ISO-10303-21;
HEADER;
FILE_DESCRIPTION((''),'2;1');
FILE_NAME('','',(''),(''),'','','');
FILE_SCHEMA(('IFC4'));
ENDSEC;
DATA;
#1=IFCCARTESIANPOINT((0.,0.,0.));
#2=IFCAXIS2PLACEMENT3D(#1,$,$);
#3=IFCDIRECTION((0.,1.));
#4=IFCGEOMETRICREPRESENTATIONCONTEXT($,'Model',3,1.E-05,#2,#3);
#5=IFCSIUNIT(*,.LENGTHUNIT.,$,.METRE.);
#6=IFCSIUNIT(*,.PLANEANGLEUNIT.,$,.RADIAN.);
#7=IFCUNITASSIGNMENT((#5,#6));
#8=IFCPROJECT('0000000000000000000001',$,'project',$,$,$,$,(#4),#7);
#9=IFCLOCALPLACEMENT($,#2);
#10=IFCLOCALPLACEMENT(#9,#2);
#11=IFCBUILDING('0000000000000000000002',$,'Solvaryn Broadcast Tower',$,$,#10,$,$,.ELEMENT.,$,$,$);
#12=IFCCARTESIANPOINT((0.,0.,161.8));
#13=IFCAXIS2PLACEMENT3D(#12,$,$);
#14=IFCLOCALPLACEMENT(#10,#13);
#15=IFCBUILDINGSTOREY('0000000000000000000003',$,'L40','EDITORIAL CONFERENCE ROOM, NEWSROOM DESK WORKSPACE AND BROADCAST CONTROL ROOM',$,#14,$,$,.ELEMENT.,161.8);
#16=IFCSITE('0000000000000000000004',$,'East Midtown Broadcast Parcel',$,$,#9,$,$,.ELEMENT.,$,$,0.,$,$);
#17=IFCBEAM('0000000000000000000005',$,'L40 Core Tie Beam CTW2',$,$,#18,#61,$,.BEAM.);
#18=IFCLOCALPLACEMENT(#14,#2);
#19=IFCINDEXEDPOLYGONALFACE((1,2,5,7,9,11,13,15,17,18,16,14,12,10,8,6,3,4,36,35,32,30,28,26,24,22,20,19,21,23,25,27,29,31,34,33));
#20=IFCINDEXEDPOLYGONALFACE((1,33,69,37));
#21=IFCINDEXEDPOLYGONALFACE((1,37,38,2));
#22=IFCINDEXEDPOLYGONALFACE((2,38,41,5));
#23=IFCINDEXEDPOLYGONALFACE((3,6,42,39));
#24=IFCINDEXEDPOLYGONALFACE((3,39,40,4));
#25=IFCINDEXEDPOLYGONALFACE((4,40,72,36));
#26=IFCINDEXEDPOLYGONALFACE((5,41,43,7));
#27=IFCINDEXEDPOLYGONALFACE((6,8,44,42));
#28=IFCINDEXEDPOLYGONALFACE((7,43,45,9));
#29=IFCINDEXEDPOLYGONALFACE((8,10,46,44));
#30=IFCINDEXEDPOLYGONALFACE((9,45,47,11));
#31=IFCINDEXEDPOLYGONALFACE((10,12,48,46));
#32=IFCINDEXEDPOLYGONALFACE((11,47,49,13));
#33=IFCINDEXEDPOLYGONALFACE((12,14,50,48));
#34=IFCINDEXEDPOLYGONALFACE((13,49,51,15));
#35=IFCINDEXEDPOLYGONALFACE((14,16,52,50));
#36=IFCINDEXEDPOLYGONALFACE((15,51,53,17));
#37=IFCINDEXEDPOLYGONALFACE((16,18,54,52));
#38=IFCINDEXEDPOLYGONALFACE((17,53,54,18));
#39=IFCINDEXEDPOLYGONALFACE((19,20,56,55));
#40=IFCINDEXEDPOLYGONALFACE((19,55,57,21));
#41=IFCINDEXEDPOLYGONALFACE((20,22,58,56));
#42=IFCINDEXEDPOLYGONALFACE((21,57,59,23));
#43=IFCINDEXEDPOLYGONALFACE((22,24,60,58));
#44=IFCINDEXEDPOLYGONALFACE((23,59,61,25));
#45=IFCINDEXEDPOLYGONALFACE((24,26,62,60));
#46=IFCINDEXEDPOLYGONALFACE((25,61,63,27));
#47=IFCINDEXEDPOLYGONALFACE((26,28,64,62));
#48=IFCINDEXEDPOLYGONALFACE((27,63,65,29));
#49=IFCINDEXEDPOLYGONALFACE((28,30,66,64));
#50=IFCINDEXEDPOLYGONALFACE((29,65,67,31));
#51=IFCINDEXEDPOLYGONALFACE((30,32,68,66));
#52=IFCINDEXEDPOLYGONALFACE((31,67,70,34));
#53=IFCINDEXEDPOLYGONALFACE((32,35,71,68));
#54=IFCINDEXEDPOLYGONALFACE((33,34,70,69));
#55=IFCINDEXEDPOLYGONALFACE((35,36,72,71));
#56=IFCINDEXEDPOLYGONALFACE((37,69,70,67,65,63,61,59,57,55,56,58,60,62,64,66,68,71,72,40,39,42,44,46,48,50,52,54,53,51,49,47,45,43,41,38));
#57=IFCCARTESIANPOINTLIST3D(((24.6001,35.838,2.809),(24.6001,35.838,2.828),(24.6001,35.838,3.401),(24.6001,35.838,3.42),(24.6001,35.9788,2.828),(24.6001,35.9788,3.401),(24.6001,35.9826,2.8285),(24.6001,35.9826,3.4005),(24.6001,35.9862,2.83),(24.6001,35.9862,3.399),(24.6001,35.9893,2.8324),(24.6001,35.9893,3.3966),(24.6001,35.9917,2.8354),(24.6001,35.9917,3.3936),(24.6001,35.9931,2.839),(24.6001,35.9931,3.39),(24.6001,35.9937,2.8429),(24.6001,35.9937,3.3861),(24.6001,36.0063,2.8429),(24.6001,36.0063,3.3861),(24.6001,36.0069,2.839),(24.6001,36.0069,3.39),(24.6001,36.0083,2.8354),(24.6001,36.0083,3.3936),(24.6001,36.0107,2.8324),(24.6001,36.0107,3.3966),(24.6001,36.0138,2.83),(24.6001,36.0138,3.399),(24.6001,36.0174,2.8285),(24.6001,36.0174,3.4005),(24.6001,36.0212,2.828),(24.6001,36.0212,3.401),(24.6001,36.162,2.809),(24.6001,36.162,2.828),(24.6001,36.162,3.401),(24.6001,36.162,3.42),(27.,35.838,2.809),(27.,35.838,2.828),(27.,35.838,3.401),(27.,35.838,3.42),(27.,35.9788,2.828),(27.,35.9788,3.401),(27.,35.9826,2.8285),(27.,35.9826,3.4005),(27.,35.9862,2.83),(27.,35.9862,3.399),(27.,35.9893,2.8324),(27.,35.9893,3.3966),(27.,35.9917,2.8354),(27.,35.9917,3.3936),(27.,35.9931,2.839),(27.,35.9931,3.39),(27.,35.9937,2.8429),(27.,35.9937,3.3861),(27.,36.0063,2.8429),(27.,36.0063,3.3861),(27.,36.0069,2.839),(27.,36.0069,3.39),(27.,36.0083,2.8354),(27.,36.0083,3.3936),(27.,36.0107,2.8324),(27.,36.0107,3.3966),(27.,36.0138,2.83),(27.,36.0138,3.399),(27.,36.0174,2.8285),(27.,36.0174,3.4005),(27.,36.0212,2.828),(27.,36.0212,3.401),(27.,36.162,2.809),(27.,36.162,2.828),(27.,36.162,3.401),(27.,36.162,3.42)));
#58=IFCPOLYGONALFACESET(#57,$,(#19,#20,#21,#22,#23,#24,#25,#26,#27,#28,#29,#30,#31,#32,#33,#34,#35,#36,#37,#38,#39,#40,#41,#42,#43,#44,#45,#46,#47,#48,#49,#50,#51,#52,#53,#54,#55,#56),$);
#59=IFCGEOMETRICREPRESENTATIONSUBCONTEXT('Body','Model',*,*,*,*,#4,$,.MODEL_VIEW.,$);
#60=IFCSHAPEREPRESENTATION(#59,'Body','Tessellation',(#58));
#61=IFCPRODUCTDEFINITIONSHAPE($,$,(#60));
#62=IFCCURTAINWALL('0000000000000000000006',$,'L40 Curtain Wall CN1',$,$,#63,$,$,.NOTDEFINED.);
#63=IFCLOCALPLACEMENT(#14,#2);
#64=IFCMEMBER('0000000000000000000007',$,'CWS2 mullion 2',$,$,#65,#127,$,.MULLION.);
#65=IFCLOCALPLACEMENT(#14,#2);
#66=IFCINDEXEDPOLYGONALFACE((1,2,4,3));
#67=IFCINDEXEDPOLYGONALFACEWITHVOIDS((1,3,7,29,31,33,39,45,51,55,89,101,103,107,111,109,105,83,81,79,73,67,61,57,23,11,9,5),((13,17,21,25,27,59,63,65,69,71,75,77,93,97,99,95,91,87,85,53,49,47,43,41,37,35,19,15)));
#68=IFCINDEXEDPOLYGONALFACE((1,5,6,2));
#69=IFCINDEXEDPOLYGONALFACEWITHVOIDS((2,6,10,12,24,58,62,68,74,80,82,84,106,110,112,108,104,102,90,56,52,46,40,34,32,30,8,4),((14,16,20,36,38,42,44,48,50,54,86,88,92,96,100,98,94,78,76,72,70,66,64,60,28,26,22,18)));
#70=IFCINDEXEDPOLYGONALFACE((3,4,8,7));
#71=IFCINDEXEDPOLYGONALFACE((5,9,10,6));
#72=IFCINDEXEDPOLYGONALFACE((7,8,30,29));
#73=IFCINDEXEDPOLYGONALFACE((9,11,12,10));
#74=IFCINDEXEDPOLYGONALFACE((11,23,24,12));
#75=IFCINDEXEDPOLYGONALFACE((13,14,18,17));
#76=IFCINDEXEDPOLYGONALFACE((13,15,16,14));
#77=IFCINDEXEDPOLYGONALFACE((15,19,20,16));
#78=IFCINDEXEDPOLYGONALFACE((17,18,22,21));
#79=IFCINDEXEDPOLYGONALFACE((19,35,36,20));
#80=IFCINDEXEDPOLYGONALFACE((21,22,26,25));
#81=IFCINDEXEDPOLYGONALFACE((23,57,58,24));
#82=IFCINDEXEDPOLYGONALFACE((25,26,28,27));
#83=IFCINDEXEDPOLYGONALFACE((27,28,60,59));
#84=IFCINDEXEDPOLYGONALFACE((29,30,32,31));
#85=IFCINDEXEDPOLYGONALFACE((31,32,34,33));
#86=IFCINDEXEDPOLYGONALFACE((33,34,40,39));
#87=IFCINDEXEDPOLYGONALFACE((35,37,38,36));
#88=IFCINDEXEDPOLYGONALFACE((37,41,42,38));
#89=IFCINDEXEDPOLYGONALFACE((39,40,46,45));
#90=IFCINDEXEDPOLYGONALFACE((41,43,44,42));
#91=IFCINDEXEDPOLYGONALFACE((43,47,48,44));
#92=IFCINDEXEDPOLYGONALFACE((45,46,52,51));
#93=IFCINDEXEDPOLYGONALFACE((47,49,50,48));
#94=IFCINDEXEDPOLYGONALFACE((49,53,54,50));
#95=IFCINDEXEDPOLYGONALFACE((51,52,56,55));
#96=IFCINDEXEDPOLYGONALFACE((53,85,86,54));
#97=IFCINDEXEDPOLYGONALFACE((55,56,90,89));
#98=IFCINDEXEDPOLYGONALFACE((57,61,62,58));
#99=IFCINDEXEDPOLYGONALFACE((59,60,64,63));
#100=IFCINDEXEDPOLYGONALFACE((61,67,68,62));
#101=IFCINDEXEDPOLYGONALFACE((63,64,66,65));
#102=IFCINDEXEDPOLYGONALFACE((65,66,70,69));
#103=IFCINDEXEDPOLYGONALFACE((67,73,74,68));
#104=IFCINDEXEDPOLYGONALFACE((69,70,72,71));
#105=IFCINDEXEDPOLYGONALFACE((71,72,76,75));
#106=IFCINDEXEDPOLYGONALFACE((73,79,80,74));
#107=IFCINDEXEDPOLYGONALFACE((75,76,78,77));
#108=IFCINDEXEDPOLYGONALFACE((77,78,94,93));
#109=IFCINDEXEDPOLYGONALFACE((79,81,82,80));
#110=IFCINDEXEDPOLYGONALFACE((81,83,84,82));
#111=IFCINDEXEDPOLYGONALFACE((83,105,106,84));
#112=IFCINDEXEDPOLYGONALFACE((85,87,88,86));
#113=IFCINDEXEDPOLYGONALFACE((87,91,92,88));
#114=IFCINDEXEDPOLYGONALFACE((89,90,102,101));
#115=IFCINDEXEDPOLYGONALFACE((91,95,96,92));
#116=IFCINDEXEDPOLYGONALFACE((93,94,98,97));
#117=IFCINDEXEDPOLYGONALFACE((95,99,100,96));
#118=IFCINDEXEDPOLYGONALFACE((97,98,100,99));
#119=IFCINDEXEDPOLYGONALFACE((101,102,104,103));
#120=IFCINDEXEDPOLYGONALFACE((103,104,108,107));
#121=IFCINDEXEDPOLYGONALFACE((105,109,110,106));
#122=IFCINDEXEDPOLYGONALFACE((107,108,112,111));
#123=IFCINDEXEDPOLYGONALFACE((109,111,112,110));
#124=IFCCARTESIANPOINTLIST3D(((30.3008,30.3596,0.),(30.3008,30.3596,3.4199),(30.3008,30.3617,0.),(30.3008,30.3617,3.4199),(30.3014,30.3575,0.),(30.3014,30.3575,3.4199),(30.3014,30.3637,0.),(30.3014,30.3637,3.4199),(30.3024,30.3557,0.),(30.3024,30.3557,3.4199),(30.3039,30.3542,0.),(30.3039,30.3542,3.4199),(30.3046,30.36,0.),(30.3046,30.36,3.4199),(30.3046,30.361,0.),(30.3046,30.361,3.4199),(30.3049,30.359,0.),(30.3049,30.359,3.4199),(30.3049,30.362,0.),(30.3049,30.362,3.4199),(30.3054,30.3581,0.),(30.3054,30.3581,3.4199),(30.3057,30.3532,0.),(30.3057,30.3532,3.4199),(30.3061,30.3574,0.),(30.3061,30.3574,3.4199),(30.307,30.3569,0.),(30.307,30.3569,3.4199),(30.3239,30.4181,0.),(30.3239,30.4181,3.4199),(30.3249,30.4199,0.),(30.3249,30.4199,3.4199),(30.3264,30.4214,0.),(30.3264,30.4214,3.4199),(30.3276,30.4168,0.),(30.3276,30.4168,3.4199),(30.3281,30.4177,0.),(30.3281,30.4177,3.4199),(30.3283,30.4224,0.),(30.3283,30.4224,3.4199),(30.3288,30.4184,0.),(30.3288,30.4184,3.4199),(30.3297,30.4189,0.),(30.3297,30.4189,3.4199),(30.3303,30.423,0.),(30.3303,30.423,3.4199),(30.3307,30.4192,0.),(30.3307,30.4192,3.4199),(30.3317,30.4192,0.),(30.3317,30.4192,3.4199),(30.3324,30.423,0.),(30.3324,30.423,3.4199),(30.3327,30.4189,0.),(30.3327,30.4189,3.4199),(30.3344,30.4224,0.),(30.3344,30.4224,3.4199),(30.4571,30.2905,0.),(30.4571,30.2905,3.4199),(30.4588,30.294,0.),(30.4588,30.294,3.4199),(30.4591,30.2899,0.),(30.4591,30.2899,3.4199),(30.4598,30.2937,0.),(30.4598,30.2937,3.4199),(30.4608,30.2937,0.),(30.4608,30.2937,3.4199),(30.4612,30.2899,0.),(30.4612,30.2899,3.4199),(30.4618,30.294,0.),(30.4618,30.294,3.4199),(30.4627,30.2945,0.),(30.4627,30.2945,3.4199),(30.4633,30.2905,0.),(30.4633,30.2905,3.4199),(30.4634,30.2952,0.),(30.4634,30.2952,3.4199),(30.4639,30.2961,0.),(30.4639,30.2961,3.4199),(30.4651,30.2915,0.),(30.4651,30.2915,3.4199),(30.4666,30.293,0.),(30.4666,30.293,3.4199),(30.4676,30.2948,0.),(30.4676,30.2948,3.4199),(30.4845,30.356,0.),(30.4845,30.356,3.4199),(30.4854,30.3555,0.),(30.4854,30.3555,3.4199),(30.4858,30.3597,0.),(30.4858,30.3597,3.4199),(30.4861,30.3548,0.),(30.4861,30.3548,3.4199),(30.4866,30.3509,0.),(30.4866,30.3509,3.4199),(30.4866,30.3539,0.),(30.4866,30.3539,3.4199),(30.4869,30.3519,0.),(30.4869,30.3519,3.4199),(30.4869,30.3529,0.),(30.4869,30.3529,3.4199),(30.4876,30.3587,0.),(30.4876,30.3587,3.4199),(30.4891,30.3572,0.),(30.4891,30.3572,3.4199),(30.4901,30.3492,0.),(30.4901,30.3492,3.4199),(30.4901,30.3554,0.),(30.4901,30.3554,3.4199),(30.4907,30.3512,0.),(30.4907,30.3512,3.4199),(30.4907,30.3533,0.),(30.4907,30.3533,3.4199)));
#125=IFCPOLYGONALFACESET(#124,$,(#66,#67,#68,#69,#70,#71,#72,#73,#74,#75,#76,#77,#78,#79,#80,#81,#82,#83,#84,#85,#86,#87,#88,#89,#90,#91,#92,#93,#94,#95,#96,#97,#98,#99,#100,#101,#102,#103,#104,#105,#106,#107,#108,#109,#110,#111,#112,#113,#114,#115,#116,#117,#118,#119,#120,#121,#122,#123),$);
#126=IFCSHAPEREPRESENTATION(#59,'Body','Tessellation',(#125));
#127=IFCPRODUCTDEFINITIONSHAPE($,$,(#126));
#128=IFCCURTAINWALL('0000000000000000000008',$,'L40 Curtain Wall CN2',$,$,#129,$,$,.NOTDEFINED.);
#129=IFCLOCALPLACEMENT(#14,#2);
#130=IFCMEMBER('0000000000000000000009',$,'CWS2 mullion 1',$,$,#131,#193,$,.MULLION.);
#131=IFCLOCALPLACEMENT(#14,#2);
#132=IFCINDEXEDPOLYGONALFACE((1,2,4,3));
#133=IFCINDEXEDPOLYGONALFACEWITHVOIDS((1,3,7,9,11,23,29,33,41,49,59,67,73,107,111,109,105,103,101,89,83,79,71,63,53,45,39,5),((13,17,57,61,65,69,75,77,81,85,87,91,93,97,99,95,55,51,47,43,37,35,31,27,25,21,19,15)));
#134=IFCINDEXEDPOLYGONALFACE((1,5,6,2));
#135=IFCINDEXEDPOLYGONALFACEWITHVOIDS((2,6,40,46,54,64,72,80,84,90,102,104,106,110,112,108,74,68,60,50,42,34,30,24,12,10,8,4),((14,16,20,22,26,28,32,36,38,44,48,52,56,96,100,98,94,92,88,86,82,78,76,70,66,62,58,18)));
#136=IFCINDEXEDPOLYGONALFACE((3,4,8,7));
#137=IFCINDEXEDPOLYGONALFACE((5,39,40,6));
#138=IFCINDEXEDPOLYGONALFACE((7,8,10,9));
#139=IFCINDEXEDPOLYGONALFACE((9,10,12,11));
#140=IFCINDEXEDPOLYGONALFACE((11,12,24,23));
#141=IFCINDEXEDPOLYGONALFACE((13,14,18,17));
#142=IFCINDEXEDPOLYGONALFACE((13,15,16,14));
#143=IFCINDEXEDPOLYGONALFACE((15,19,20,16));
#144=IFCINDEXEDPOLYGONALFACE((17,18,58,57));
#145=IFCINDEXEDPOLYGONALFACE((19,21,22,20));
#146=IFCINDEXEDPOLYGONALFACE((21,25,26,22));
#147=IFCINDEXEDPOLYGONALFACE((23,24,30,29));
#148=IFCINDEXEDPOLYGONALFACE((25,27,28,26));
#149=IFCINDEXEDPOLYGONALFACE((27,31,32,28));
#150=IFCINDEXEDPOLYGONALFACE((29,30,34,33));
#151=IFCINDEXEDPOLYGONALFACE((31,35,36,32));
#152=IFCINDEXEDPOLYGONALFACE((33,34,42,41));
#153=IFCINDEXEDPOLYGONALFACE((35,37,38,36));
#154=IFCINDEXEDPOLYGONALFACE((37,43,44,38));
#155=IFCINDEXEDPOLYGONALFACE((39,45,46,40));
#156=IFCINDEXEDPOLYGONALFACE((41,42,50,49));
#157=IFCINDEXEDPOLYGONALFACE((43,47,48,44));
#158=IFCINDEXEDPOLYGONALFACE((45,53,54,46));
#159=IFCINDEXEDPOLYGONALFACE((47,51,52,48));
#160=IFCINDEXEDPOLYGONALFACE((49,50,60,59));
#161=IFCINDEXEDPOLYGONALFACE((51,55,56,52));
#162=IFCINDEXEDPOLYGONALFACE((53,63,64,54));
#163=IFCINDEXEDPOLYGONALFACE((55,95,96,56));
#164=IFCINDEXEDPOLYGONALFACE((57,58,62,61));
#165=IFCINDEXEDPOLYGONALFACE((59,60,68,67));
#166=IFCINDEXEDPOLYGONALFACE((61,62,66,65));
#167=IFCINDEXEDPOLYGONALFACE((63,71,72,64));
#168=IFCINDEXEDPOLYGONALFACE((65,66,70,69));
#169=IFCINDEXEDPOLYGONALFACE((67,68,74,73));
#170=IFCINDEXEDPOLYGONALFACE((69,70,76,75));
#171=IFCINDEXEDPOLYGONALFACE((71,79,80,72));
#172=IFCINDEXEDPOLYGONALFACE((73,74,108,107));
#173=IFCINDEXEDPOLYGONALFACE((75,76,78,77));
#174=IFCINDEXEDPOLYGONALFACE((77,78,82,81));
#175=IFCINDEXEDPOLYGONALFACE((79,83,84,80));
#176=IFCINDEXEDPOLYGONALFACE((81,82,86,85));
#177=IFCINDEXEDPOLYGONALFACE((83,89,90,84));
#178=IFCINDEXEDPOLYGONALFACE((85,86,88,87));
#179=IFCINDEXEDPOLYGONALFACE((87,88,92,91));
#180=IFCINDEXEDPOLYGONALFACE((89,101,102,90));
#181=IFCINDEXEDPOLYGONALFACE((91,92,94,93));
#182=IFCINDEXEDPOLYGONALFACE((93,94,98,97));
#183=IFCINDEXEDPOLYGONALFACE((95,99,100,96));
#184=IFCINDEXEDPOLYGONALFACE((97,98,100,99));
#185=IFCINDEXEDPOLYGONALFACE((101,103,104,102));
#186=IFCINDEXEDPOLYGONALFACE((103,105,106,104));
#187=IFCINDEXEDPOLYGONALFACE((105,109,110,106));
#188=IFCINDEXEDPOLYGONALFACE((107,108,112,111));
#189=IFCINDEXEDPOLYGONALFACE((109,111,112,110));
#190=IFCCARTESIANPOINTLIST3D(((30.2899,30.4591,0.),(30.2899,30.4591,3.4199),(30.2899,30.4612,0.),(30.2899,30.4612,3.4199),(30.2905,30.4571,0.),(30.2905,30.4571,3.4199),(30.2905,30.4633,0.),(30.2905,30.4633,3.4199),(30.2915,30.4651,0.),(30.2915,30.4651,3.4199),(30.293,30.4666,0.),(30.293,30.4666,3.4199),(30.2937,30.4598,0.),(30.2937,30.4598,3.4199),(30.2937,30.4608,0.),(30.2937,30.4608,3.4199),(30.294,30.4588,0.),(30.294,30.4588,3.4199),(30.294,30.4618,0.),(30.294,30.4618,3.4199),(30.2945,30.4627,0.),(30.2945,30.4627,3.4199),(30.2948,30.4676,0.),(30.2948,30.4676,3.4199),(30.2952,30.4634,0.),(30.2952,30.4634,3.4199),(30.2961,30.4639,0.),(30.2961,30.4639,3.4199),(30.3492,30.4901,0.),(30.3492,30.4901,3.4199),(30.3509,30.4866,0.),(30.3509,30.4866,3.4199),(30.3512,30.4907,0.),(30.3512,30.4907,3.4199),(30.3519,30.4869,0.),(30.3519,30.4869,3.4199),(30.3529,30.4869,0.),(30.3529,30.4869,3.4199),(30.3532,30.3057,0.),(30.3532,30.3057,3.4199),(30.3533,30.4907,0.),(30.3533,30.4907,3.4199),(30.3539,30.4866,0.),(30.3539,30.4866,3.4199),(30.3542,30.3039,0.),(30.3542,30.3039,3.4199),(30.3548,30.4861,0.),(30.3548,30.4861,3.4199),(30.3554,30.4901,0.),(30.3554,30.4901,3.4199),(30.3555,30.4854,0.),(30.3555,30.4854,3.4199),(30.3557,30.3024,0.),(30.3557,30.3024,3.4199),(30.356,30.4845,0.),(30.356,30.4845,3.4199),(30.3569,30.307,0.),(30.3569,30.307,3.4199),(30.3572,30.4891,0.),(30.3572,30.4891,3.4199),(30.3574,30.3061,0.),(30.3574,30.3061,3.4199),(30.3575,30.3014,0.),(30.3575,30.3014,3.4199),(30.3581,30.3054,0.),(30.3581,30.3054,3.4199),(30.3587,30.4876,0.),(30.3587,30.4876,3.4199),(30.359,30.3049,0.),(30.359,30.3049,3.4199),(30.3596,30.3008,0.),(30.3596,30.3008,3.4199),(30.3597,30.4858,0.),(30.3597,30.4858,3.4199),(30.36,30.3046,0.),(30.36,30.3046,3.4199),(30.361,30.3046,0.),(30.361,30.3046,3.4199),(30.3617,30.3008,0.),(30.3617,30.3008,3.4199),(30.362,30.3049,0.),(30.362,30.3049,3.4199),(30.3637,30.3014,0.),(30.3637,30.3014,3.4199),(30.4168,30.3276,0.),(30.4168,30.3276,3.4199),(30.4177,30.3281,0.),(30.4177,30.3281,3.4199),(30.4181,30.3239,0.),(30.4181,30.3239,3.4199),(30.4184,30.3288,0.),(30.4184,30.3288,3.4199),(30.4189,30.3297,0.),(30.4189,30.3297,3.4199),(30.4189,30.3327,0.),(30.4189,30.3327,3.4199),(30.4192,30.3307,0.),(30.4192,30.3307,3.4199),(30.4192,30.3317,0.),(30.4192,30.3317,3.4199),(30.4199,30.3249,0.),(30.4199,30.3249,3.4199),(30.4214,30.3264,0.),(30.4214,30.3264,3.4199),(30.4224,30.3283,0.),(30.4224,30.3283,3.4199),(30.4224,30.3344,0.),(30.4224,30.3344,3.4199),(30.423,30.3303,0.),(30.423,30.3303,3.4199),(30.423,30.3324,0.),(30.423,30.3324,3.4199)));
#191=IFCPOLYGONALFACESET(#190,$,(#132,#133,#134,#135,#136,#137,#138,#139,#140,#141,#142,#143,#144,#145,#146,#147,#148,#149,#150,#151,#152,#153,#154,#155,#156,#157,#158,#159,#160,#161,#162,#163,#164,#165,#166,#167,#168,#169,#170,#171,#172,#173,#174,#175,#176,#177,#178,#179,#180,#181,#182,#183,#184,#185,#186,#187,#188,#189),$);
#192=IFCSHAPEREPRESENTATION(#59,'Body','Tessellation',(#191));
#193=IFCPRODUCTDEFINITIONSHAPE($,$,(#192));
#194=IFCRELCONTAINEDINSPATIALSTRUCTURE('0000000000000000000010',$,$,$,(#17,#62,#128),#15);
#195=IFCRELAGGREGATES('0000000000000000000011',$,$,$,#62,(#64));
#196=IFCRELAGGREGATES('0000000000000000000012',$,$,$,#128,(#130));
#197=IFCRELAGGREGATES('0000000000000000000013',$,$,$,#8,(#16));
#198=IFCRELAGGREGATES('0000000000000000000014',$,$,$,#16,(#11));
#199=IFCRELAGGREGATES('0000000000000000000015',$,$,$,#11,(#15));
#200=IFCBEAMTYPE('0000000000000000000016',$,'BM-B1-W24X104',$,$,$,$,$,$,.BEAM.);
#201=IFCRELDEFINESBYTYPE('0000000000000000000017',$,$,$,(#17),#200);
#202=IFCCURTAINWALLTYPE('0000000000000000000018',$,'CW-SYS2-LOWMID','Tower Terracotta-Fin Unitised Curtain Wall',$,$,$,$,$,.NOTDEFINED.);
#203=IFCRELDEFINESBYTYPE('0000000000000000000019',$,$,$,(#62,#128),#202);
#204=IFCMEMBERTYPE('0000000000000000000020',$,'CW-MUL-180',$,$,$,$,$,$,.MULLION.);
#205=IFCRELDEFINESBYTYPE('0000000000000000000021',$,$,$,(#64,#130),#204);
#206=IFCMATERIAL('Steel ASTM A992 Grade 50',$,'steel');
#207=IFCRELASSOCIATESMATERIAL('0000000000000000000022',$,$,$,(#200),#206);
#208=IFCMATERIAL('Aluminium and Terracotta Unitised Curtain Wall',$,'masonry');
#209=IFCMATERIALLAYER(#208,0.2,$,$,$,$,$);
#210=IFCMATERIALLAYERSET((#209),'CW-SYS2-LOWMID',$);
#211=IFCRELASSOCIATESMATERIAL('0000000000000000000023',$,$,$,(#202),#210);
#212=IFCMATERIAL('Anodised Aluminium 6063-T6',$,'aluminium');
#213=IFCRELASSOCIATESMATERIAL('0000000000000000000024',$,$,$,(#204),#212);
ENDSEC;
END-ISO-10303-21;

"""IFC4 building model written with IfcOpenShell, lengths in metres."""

from ifc_helpers import new_model, si_unit, direction, frame, origin, origin_2d, place, context, subcontext, project, spatial, hollow_rectangle, i_section, extrude, material, layer, layer_set, material_profile, profile_set, type_object, element, aggregate, save


model = new_model("IFC4")

# Units and contexts
model_context = context("Model", 3, precision=1e-05, world=origin(), true_north=direction((0.0, 1.0)))
body_context = subcontext(model_context, "Body", "Model", "MODEL_VIEW")
ifc_project = project(units=[si_unit("LENGTHUNIT", "METRE"), si_unit("PLANEANGLEUNIT", "RADIAN")], contexts=[model_context])

# Site, building, storey
site_placement = place(None, origin())
site = spatial("IfcSite", under=ifc_project, at=site_placement, Name="East Midtown Broadcast Parcel", CompositionType="ELEMENT", RefElevation=0.0)
building_placement = place(site_placement, origin())
building = spatial("IfcBuilding", under=site, at=building_placement, Name="Solvaryn Broadcast Tower", CompositionType="ELEMENT")
storey_placement = place(building_placement, frame((0.0, 0.0, 161.8)))
storey = spatial("IfcBuildingStorey", under=building, at=storey_placement, Name="L40", Description="EDITORIAL CONFERENCE ROOM, NEWSROOM DESK WORKSPACE AND BROADCAST CONTROL ROOM", CompositionType="ELEMENT", Elevation=161.8)

# Beam
ifc_material_1 = material(Name="Steel ASTM A992 Grade 50", Category="steel")
ifc_material_profile_1 = material_profile(ifc_material_1, i_section(OverallWidth=0.324, OverallDepth=0.6111, WebThickness=0.0127, FlangeThickness=0.019, FilletRadius=0.0149, at=origin_2d()))
ifc_profile_set_1 = profile_set([ifc_material_profile_1], Name="Steel ASTM A992 Grade 50")
beam_type = type_object("IfcBeamType", Name="BM-B1-W24X104", PredefinedType="BEAM", material=ifc_profile_set_1)
beam_placement = place(storey_placement, frame((24.6001, 36.0, 3.1145), z_axis=(1.0, 0.0, 0.0), x_axis=(0.0, 1.0, 0.0)))
element("IfcBeam", 1, at=beam_placement, inside=storey, type_object=beam_type, Name="L40 Core Tie Beam CTW2", PredefinedType="BEAM", context=body_context, shape_type="SweptSolid", body=[
    extrude(i_section(OverallWidth=0.324, OverallDepth=0.6111, WebThickness=0.0127, FlangeThickness=0.019, FilletRadius=0.0149, at=origin_2d()), origin(), (0.0, 0.0, 1.0), 2.3999),
])

# Curtain wall, member
ifc_material_2 = material(Name="Aluminium and Terracotta Unitised Curtain Wall", Category="masonry")
ifc_layer_1 = layer(ifc_material_2, 0.2)
ifc_layer_set_1 = layer_set([ifc_layer_1], Name="CW-SYS2-LOWMID")
curtain_wall_type = type_object("IfcCurtainWallType", Name="CW-SYS2-LOWMID", Description="Tower Terracotta-Fin Unitised Curtain Wall", PredefinedType="NOTDEFINED", material=ifc_layer_set_1)
curtain_wall_1_placement = place(storey_placement, origin())
curtain_wall_1 = element("IfcCurtainWall", 2, at=curtain_wall_1_placement, inside=storey, type_object=curtain_wall_type, Name="L40 Curtain Wall CN1", PredefinedType="NOTDEFINED")
ifc_material_3 = material(Name="Anodised Aluminium 6063-T6", Category="aluminium")
ifc_material_profile_2 = material_profile(ifc_material_3, hollow_rectangle(XDim=0.075, YDim=0.1799, WallThickness=0.0039, InnerFilletRadius=0.0039, OuterFilletRadius=0.0081, at=origin_2d()))
ifc_profile_set_2 = profile_set([ifc_material_profile_2], Name="Anodised Aluminium 6063-T6")
member_type_1 = type_object("IfcMemberType", Name="CW-MUL-180", PredefinedType="MULLION", material=ifc_profile_set_2)
member_1_placement = place(storey_placement, frame((30.3958, 30.3564, 0.0), z_axis=(0.0, 0.0, 1.0), x_axis=(-0.382646, -0.923895, 0.0)))
member_1 = element("IfcMember", 3, at=member_1_placement, type_object=member_type_1, Name="CWS2 mullion 2", PredefinedType="MULLION", context=body_context, shape_type="SweptSolid", body=[
    extrude(hollow_rectangle(XDim=0.075, YDim=0.1799, WallThickness=0.0039, InnerFilletRadius=0.0039, OuterFilletRadius=0.0081, at=origin_2d()), origin(), (0.0, 0.0, 1.0), 3.4199),
])

# Curtain wall, member
curtain_wall_2_placement = place(storey_placement, origin())
curtain_wall_2 = element("IfcCurtainWall", 4, at=curtain_wall_2_placement, inside=storey, type_object=curtain_wall_type, Name="L40 Curtain Wall CN2", PredefinedType="NOTDEFINED")
member_2_placement = place(storey_placement, frame((30.3564, 30.3958, 0.0), z_axis=(0.0, 0.0, 1.0), x_axis=(-0.923895, -0.382646, 0.0)))
member_2 = element("IfcMember", 5, at=member_2_placement, type_object=member_type_1, Name="CWS2 mullion 1", PredefinedType="MULLION", context=body_context, shape_type="SweptSolid", body=[
    extrude(hollow_rectangle(XDim=0.075, YDim=0.1799, WallThickness=0.0039, InnerFilletRadius=0.0039, OuterFilletRadius=0.0081, at=origin_2d()), origin(), (0.0, 0.0, 1.0), 3.4199),
])

aggregate(curtain_wall_1, [member_1])
aggregate(curtain_wall_2, [member_2])

save(model, "model.ifc")
